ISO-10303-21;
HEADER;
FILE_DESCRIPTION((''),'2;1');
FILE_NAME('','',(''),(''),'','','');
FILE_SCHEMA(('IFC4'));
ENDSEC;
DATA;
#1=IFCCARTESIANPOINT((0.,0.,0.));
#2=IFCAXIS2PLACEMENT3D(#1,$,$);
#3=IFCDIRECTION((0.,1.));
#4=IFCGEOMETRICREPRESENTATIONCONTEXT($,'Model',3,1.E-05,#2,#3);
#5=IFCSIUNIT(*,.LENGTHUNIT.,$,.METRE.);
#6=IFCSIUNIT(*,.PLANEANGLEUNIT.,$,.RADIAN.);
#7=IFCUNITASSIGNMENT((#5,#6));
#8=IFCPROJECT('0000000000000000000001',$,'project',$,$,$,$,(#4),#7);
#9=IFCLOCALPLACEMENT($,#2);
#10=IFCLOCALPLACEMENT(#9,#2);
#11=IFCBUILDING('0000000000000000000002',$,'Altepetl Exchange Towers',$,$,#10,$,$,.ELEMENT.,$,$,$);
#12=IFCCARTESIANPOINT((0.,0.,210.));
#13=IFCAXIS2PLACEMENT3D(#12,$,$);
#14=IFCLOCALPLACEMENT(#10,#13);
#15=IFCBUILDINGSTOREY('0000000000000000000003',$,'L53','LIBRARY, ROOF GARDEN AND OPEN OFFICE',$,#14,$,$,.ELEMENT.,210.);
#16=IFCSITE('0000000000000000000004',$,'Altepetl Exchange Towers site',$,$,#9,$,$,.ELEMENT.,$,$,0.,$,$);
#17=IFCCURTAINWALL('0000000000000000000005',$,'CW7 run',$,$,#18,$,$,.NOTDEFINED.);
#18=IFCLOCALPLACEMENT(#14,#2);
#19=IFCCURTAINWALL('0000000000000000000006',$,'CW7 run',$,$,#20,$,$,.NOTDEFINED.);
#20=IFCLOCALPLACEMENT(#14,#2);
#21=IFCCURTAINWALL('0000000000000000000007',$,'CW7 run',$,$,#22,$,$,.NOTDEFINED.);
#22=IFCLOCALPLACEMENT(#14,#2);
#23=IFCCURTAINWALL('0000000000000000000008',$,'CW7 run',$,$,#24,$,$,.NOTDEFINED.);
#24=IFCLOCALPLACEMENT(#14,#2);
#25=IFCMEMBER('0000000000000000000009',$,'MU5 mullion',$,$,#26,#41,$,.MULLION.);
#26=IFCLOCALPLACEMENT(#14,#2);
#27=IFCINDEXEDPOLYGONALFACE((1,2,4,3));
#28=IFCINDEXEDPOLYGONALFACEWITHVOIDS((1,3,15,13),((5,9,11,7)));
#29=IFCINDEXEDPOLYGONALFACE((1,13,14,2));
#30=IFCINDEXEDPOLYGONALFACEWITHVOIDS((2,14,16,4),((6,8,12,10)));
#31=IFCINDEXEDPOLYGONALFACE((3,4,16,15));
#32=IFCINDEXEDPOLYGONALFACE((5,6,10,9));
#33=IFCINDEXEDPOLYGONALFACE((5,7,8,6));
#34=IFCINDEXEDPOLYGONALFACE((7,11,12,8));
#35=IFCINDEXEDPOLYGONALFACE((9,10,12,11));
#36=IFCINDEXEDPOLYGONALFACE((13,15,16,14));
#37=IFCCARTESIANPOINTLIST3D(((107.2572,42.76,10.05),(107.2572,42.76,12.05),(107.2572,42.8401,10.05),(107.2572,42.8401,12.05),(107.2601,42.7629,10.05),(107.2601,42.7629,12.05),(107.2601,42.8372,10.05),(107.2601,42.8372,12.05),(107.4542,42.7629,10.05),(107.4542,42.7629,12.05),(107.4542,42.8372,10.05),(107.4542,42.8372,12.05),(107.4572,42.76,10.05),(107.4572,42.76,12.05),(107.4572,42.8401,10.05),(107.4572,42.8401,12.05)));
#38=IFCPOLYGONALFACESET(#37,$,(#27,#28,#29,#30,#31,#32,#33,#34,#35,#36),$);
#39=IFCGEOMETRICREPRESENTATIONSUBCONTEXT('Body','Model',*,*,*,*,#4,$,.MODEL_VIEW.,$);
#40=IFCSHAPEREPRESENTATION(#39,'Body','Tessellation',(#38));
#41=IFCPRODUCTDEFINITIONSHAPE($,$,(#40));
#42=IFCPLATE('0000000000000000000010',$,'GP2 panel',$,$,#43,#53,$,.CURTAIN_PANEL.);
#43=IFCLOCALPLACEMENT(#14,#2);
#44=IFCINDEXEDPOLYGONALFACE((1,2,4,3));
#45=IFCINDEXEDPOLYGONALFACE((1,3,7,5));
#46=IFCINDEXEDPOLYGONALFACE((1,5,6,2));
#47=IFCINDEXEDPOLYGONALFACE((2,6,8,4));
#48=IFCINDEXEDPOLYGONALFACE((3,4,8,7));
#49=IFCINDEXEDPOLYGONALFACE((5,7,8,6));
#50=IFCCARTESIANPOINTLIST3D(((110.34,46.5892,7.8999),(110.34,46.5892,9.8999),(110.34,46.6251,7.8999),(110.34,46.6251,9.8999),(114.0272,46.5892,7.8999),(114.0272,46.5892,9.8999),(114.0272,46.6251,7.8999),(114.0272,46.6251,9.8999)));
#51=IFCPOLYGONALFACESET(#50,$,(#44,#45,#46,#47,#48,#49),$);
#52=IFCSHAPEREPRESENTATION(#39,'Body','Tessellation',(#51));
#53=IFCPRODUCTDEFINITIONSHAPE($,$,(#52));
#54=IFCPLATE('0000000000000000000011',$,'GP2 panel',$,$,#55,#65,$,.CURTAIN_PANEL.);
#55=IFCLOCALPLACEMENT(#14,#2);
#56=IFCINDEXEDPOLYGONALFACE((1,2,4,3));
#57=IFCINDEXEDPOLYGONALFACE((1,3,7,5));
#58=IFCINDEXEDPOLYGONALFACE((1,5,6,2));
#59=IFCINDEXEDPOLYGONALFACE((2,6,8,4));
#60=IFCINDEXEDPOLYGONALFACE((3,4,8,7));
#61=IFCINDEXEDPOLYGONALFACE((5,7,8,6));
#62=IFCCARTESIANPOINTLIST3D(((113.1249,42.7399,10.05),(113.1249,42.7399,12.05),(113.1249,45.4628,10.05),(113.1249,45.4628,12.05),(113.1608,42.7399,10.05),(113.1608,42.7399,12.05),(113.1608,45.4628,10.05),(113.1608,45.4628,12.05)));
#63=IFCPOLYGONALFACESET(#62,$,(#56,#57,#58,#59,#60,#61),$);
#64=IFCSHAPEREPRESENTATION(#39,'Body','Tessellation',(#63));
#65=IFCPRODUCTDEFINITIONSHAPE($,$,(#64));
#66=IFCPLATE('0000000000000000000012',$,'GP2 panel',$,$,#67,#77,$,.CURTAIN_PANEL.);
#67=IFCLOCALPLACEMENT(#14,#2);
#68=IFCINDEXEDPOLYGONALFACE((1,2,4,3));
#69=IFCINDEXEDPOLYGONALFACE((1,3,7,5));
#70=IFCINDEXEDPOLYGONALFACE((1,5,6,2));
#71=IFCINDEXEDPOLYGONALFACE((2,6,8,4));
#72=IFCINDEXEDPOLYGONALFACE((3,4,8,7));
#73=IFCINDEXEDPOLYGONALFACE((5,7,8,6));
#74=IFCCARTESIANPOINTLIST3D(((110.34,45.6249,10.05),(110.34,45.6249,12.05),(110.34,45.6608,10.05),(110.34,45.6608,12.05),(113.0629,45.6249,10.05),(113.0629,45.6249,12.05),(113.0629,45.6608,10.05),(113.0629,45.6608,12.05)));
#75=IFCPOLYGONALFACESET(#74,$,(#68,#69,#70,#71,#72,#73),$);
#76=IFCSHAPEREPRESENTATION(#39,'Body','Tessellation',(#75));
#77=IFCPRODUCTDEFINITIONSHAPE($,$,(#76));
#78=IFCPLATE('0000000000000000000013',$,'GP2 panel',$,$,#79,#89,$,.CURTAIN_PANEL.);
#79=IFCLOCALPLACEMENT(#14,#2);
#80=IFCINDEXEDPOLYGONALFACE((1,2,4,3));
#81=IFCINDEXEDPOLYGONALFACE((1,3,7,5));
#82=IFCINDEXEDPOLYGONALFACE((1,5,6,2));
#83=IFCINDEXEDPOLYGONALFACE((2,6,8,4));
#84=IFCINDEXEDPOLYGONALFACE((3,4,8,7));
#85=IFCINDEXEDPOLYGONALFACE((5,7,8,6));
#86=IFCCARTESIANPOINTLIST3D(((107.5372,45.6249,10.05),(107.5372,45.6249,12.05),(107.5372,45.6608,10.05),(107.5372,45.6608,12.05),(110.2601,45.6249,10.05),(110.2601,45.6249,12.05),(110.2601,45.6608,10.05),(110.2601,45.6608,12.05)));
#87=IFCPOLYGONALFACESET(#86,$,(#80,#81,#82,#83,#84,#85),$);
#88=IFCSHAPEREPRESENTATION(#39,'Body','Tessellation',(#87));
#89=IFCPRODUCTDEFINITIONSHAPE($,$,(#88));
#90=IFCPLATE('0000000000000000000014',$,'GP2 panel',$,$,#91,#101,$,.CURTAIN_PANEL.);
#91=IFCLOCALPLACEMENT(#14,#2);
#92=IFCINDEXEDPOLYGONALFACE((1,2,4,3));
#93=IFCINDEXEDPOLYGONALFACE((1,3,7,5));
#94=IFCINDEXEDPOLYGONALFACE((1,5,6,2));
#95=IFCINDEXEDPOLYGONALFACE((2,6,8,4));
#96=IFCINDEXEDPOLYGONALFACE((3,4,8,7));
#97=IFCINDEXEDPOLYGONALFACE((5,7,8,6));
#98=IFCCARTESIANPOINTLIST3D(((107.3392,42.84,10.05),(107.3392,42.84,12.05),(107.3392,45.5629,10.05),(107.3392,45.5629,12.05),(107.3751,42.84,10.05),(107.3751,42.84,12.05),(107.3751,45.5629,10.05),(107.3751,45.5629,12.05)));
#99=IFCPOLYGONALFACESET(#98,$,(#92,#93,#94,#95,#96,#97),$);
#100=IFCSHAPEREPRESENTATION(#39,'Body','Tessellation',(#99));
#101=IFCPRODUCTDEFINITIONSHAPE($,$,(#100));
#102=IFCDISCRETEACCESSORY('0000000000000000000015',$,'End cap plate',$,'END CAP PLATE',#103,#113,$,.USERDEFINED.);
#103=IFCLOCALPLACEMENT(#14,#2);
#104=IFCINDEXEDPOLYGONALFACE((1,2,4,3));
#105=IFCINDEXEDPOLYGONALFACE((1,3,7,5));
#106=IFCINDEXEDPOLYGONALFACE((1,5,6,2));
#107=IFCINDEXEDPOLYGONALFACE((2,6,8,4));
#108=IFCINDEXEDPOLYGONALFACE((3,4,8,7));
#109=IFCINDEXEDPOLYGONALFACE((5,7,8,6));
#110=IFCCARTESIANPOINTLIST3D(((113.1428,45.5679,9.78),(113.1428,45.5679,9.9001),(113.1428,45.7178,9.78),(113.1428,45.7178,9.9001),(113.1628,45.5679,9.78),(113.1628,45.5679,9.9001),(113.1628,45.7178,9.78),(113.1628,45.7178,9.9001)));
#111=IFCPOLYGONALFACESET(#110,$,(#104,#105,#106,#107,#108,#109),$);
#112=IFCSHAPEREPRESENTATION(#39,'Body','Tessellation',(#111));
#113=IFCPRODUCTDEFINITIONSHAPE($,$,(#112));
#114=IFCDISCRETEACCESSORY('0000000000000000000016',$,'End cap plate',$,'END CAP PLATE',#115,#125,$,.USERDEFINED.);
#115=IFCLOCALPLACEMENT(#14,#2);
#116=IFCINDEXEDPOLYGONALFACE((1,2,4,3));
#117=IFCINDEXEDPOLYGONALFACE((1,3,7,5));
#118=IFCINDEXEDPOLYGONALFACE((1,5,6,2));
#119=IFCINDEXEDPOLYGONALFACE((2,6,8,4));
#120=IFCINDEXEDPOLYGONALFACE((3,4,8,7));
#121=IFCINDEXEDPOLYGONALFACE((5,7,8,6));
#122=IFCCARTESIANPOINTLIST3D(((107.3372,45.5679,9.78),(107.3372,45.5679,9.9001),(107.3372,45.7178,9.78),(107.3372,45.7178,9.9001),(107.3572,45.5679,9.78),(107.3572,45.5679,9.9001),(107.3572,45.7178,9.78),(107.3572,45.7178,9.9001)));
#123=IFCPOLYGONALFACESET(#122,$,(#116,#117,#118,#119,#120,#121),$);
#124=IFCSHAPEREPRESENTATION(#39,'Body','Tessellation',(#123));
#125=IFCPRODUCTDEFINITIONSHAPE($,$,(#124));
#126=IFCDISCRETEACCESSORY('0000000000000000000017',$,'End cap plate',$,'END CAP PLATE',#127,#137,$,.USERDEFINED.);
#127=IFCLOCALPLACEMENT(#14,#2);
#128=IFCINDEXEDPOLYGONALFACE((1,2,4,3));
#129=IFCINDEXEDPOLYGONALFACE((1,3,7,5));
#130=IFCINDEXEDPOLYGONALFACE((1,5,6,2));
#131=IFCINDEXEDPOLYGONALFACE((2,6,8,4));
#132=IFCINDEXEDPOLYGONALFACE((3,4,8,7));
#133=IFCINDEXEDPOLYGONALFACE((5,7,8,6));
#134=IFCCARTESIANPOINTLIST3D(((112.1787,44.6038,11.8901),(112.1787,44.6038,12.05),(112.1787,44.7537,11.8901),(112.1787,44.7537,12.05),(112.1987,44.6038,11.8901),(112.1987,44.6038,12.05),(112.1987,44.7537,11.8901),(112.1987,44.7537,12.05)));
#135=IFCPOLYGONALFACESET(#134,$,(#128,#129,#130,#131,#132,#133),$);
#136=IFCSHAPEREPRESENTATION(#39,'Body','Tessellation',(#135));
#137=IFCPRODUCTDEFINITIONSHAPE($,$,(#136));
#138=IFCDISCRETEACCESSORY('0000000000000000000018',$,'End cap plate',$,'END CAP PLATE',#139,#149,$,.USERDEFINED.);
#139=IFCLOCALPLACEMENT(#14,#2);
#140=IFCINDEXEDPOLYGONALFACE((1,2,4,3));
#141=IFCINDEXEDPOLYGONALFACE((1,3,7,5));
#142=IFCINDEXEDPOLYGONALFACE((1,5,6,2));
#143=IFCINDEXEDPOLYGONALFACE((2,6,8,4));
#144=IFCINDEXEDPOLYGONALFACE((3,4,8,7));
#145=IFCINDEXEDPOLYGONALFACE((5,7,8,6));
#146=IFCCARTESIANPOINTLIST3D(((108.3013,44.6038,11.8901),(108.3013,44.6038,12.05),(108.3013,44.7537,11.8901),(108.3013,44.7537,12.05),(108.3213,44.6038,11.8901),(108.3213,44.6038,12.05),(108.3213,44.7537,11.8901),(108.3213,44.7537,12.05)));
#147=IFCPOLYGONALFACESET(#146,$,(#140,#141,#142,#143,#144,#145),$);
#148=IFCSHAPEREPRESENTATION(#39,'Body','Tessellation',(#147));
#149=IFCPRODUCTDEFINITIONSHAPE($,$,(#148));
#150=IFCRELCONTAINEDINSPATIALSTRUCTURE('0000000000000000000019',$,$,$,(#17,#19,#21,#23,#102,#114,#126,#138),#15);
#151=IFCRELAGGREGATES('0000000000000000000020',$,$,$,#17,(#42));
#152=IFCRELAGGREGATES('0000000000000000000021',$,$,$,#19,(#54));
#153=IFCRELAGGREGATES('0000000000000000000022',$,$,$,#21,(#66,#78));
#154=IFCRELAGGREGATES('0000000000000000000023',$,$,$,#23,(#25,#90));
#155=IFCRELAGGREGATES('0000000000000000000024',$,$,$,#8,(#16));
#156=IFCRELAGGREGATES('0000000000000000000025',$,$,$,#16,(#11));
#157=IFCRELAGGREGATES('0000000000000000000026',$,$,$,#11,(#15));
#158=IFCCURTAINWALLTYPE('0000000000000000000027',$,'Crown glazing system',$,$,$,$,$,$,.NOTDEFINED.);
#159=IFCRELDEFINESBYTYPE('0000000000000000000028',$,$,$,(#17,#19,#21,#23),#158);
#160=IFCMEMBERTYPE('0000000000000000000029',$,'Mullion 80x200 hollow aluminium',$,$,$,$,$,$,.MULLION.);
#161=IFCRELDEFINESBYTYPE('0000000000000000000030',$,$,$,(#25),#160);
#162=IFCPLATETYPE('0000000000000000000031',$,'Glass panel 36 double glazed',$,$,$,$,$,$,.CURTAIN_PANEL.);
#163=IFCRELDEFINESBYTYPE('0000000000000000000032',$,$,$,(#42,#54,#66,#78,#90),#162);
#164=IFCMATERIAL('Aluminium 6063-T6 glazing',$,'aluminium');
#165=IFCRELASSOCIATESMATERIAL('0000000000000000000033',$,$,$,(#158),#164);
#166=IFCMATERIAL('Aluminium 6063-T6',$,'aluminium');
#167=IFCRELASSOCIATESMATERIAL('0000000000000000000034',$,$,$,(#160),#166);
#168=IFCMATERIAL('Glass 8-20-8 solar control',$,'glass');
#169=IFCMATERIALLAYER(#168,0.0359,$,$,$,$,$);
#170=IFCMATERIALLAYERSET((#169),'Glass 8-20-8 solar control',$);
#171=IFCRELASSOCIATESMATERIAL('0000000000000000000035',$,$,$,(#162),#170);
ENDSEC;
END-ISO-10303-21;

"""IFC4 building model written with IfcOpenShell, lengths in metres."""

from ifc_helpers import new_model, si_unit, direction, frame, origin, origin_2d, place, context, subcontext, project, spatial, rectangle, hollow_rectangle, extrude, material, layer, layer_set, material_profile, profile_set, type_object, element, aggregate, save


model = new_model("IFC4")

# Units and contexts
model_context = context("Model", 3, precision=1e-05, world=origin(), true_north=direction((0.0, 1.0)))
body_context = subcontext(model_context, "Body", "Model", "MODEL_VIEW")
ifc_project = project(units=[si_unit("LENGTHUNIT", "METRE"), si_unit("PLANEANGLEUNIT", "RADIAN")], contexts=[model_context])

# Site, building, storey
site_placement = place(None, origin())
site = spatial("IfcSite", under=ifc_project, at=site_placement, Name="Altepetl Exchange Towers site", CompositionType="ELEMENT", RefElevation=0.0)
building_placement = place(site_placement, origin())
building = spatial("IfcBuilding", under=site, at=building_placement, Name="Altepetl Exchange Towers", CompositionType="ELEMENT")
storey_placement = place(building_placement, frame((0.0, 0.0, 210.0)))
storey = spatial("IfcBuildingStorey", under=building, at=storey_placement, Name="L53", Description="LIBRARY, ROOF GARDEN AND OPEN OFFICE", CompositionType="ELEMENT", Elevation=210.0)

# Curtain walls, member
ifc_material_1 = material(Name="Aluminium 6063-T6 glazing", Category="aluminium")
curtain_wall_type = type_object("IfcCurtainWallType", Name="Crown glazing system", PredefinedType="NOTDEFINED", material=ifc_material_1)
curtain_wall_1_placement = place(storey_placement, origin())
curtain_wall_1 = element("IfcCurtainWall", 1, at=curtain_wall_1_placement, inside=storey, type_object=curtain_wall_type, Name="CW7 run", PredefinedType="NOTDEFINED")
ifc_material_2 = material(Name="Aluminium 6063-T6", Category="aluminium")
ifc_material_profile_1 = material_profile(ifc_material_2, hollow_rectangle(XDim=0.0801, YDim=0.2, WallThickness=0.0029, at=origin_2d()), Name="Mullion 80x200 hollow aluminium")
ifc_profile_set_1 = profile_set([ifc_material_profile_1], Name="Aluminium 6063-T6")
member_type = type_object("IfcMemberType", Name="Mullion 80x200 hollow aluminium", PredefinedType="MULLION", material=ifc_profile_set_1)
curtain_wall_2_placement = place(storey_placement, origin())
curtain_wall_2 = element("IfcCurtainWall", 2, at=curtain_wall_2_placement, inside=storey, type_object=curtain_wall_type, Name="CW7 run", PredefinedType="NOTDEFINED")
curtain_wall_3_placement = place(storey_placement, origin())
curtain_wall_3 = element("IfcCurtainWall", 3, at=curtain_wall_3_placement, inside=storey, type_object=curtain_wall_type, Name="CW7 run", PredefinedType="NOTDEFINED")
curtain_wall_4_placement = place(storey_placement, origin())
curtain_wall_4 = element("IfcCurtainWall", 4, at=curtain_wall_4_placement, inside=storey, type_object=curtain_wall_type, Name="CW7 run", PredefinedType="NOTDEFINED")
member_1_placement = place(storey_placement, frame((107.3572, 42.8, 10.05), z_axis=(0.0, 0.0, 1.0), x_axis=(0.0, -1.0, 0.0)))
member_1 = element("IfcMember", 5, at=member_1_placement, type_object=member_type, Name="MU5 mullion", PredefinedType="MULLION", context=body_context, shape_type="SweptSolid", body=[
    extrude(hollow_rectangle(XDim=0.0801, YDim=0.2, WallThickness=0.0029, at=origin_2d()), origin(), (0.0, 0.0, 1.0), 2.0),
])

# Plates
ifc_material_3 = material(Name="Glass 8-20-8 solar control", Category="glass")
ifc_layer = layer(ifc_material_3, 0.0359)
ifc_layer_set = layer_set([ifc_layer], Name="Glass 8-20-8 solar control")
plate_type = type_object("IfcPlateType", Name="Glass panel 36 double glazed", PredefinedType="CURTAIN_PANEL", material=ifc_layer_set)
plate_1_placement = place(storey_placement, frame((112.1836, 46.6072, 7.8999), z_axis=(0.0, 0.0, 1.0), x_axis=(-1.0, 0.0, 0.0)))
plate_1 = element("IfcPlate", 6, at=plate_1_placement, type_object=plate_type, Name="GP2 panel", PredefinedType="CURTAIN_PANEL", context=body_context, shape_type="SweptSolid", body=[
    extrude(rectangle(XDim=3.6873, YDim=0.0359, at=origin_2d()), origin(), (0.0, 0.0, 1.0), 2.0),
])
aggregate(curtain_wall_1, [plate_1])
plate_2_placement = place(storey_placement, frame((113.1428, 44.1013, 10.05), z_axis=(0.0, 0.0, 1.0), x_axis=(0.0, 1.0, 0.0)))
plate_2 = element("IfcPlate", 7, at=plate_2_placement, type_object=plate_type, Name="GP2 panel", PredefinedType="CURTAIN_PANEL", context=body_context, shape_type="SweptSolid", body=[
    extrude(rectangle(XDim=2.7229, YDim=0.0359, at=origin_2d()), origin(), (0.0, 0.0, 1.0), 2.0),
])
aggregate(curtain_wall_2, [plate_2])
plate_3_placement = place(storey_placement, frame((111.7014, 45.6428, 10.05), z_axis=(0.0, 0.0, 1.0), x_axis=(-1.0, 0.0, 0.0)))
plate_3 = element("IfcPlate", 8, at=plate_3_placement, type_object=plate_type, Name="GP2 panel", PredefinedType="CURTAIN_PANEL", context=body_context, shape_type="SweptSolid", body=[
    extrude(rectangle(XDim=2.7229, YDim=0.0359, at=origin_2d()), origin(), (0.0, 0.0, 1.0), 2.0),
])
plate_4_placement = place(storey_placement, frame((108.8987, 45.6428, 10.05), z_axis=(0.0, 0.0, 1.0), x_axis=(-1.0, 0.0, 0.0)))
plate_4 = element("IfcPlate", 9, at=plate_4_placement, type_object=plate_type, Name="GP2 panel", PredefinedType="CURTAIN_PANEL", context=body_context, shape_type="SweptSolid", body=[
    extrude(rectangle(XDim=2.7229, YDim=0.0359, at=origin_2d()), origin(), (0.0, 0.0, 1.0), 2.0),
])
aggregate(curtain_wall_3, [plate_3, plate_4])
plate_5_placement = place(storey_placement, frame((107.3572, 44.2014, 10.05), z_axis=(0.0, 0.0, 1.0), x_axis=(0.0, -1.0, 0.0)))
plate_5 = element("IfcPlate", 10, at=plate_5_placement, type_object=plate_type, Name="GP2 panel", PredefinedType="CURTAIN_PANEL", context=body_context, shape_type="SweptSolid", body=[
    extrude(rectangle(XDim=2.7229, YDim=0.0359, at=origin_2d()), origin(), (0.0, 0.0, 1.0), 2.0),
])
aggregate(curtain_wall_4, [member_1, plate_5])

# Discrete accessories
discrete_accessory_1_placement = place(storey_placement, frame((113.1528, 45.6428, 9.78)))
element("IfcDiscreteAccessory", 11, at=discrete_accessory_1_placement, inside=storey, Name="End cap plate", ObjectType="END CAP PLATE", PredefinedType="USERDEFINED", context=body_context, shape_type="SweptSolid", body=[
    extrude(rectangle(XDim=0.02, YDim=0.1499, at=origin_2d()), origin(), (0.0, 0.0, 1.0), 0.1201),
])
discrete_accessory_2_placement = place(storey_placement, frame((107.3472, 45.6428, 9.78), z_axis=(0.0, 0.0, 1.0), x_axis=(-1.0, 0.0, 0.0)))
element("IfcDiscreteAccessory", 12, at=discrete_accessory_2_placement, inside=storey, Name="End cap plate", ObjectType="END CAP PLATE", PredefinedType="USERDEFINED", context=body_context, shape_type="SweptSolid", body=[
    extrude(rectangle(XDim=0.02, YDim=0.1499, at=origin_2d()), origin(), (0.0, 0.0, 1.0), 0.1201),
])
discrete_accessory_3_placement = place(storey_placement, frame((112.1887, 44.6787, 11.8901)))
element("IfcDiscreteAccessory", 13, at=discrete_accessory_3_placement, inside=storey, Name="End cap plate", ObjectType="END CAP PLATE", PredefinedType="USERDEFINED", context=body_context, shape_type="SweptSolid", body=[
    extrude(rectangle(XDim=0.02, YDim=0.1499, at=origin_2d()), origin(), (0.0, 0.0, 1.0), 0.1599),
])
discrete_accessory_4_placement = place(storey_placement, frame((108.3113, 44.6787, 11.8901), z_axis=(0.0, 0.0, 1.0), x_axis=(-1.0, 0.0, 0.0)))
element("IfcDiscreteAccessory", 14, at=discrete_accessory_4_placement, inside=storey, Name="End cap plate", ObjectType="END CAP PLATE", PredefinedType="USERDEFINED", context=body_context, shape_type="SweptSolid", body=[
    extrude(rectangle(XDim=0.02, YDim=0.1499, at=origin_2d()), origin(), (0.0, 0.0, 1.0), 0.1599),
])

save(model, "model.ifc")
